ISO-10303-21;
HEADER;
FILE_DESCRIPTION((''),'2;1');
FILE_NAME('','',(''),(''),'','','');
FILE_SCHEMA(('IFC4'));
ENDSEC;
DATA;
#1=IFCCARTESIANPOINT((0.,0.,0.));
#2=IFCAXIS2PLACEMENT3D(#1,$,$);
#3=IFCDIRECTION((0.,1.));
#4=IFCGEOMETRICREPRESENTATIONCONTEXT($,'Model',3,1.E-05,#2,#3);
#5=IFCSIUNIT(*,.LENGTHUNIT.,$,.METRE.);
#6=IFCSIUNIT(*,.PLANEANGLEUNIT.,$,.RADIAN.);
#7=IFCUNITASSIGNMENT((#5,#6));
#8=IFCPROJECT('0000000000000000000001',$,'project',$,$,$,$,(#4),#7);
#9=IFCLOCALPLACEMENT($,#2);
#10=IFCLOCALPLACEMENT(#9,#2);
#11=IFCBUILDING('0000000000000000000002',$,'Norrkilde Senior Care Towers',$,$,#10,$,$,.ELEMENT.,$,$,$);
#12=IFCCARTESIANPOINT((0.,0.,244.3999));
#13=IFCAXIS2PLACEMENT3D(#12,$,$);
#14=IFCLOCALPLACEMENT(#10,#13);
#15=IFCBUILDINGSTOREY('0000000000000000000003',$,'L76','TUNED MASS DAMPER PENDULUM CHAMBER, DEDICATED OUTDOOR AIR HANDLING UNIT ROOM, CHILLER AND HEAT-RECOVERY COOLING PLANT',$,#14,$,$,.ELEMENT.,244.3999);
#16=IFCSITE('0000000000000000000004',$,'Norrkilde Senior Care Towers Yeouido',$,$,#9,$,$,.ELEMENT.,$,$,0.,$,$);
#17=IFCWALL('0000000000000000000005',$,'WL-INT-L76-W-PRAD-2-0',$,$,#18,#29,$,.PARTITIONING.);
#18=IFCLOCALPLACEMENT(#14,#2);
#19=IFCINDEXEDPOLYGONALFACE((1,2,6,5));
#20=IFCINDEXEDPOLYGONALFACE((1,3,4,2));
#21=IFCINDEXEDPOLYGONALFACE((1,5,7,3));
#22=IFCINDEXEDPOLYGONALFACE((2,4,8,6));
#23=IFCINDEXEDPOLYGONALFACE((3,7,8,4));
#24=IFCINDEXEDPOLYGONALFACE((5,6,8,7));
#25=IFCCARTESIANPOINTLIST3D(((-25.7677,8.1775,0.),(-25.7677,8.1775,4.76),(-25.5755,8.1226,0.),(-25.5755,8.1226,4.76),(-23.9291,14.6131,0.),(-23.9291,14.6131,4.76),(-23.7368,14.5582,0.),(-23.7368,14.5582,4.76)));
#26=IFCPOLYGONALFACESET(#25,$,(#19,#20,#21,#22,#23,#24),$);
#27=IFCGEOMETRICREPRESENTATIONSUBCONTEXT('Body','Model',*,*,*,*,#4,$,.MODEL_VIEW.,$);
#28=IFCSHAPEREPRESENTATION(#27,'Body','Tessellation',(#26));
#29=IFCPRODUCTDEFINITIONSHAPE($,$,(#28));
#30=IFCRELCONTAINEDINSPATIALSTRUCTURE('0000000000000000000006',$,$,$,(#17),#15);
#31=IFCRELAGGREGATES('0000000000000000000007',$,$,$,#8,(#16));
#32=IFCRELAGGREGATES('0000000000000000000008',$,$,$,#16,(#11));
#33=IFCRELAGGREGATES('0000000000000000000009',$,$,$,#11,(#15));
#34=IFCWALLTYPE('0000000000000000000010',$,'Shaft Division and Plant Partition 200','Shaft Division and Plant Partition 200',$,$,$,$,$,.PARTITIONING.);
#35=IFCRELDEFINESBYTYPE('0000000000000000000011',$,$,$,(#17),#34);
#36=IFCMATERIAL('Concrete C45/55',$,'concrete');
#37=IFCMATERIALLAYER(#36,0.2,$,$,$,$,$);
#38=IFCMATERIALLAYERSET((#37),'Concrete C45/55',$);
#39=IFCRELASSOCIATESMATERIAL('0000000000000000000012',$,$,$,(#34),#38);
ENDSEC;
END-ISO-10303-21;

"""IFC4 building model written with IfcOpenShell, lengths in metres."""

from ifc_helpers import new_model, si_unit, direction, frame, frame_2d, origin, place, context, subcontext, project, spatial, rectangle, extrude, source, transform, mapped, material, layer, layer_set, type_object, element, save


model = new_model("IFC4")

# Units and contexts
model_context = context("Model", 3, precision=1e-05, world=origin(), true_north=direction((0.0, 1.0)))
body_context = subcontext(model_context, "Body", "Model", "MODEL_VIEW")
ifc_project = project(units=[si_unit("LENGTHUNIT", "METRE"), si_unit("PLANEANGLEUNIT", "RADIAN")], contexts=[model_context])

# Site, building, storey
site_placement = place(None, origin())
site = spatial("IfcSite", under=ifc_project, at=site_placement, Name="Norrkilde Senior Care Towers Yeouido", CompositionType="ELEMENT", RefElevation=0.0)
building_placement = place(site_placement, origin())
building = spatial("IfcBuilding", under=site, at=building_placement, Name="Norrkilde Senior Care Towers", CompositionType="ELEMENT")
storey_placement = place(building_placement, frame((0.0, 0.0, 244.3999)))
storey = spatial("IfcBuildingStorey", under=building, at=storey_placement, Name="L76", Description="TUNED MASS DAMPER PENDULUM CHAMBER, DEDICATED OUTDOOR AIR HANDLING UNIT ROOM, CHILLER AND HEAT-RECOVERY COOLING PLANT", CompositionType="ELEMENT", Elevation=244.3999)

# Shared definitions
ifc_material_1 = material(Name="Concrete C45/55", Category="concrete")

# Shared definitions
ifc_layer_1 = layer(ifc_material_1, 0.2)
ifc_layer_set_1 = layer_set([ifc_layer_1], Name="Concrete C45/55")
wall_type_1 = type_object("IfcWallType", Name="Shaft Division and Plant Partition 200", Description="Shaft Division and Plant Partition 200", PredefinedType="PARTITIONING", material=ifc_layer_set_1)

# Wall
shared_shape_1 = source(origin(), body_context, "Body", "SweptSolid", [
    extrude(rectangle(XDim=6.6931, YDim=0.2, at=frame_2d((3.3467, 0.0))), origin(), (0.0, 0.0, 1.0), 4.76),
])
wall_1_placement = place(storey_placement, frame((-25.6716, 8.1499, 0.0), z_axis=(0.0, 0.0, 1.0), x_axis=(0.274707, 0.961528, 0.0)))
element("IfcWall", 1, at=wall_1_placement, inside=storey, type_object=wall_type_1, Name="WL-INT-L76-W-PRAD-2-0", PredefinedType="PARTITIONING", context=body_context, shape_type="MappedRepresentation", body=[
    mapped(shared_shape_1, transform((0.0, 0.0, 0.0), x_axis=(1.0, 0.0, 0.0), y_axis=(0.0, 1.0, 0.0), z_axis=(0.0, 0.0, 1.0), scale=1.0)),
])

save(model, "model.ifc")
